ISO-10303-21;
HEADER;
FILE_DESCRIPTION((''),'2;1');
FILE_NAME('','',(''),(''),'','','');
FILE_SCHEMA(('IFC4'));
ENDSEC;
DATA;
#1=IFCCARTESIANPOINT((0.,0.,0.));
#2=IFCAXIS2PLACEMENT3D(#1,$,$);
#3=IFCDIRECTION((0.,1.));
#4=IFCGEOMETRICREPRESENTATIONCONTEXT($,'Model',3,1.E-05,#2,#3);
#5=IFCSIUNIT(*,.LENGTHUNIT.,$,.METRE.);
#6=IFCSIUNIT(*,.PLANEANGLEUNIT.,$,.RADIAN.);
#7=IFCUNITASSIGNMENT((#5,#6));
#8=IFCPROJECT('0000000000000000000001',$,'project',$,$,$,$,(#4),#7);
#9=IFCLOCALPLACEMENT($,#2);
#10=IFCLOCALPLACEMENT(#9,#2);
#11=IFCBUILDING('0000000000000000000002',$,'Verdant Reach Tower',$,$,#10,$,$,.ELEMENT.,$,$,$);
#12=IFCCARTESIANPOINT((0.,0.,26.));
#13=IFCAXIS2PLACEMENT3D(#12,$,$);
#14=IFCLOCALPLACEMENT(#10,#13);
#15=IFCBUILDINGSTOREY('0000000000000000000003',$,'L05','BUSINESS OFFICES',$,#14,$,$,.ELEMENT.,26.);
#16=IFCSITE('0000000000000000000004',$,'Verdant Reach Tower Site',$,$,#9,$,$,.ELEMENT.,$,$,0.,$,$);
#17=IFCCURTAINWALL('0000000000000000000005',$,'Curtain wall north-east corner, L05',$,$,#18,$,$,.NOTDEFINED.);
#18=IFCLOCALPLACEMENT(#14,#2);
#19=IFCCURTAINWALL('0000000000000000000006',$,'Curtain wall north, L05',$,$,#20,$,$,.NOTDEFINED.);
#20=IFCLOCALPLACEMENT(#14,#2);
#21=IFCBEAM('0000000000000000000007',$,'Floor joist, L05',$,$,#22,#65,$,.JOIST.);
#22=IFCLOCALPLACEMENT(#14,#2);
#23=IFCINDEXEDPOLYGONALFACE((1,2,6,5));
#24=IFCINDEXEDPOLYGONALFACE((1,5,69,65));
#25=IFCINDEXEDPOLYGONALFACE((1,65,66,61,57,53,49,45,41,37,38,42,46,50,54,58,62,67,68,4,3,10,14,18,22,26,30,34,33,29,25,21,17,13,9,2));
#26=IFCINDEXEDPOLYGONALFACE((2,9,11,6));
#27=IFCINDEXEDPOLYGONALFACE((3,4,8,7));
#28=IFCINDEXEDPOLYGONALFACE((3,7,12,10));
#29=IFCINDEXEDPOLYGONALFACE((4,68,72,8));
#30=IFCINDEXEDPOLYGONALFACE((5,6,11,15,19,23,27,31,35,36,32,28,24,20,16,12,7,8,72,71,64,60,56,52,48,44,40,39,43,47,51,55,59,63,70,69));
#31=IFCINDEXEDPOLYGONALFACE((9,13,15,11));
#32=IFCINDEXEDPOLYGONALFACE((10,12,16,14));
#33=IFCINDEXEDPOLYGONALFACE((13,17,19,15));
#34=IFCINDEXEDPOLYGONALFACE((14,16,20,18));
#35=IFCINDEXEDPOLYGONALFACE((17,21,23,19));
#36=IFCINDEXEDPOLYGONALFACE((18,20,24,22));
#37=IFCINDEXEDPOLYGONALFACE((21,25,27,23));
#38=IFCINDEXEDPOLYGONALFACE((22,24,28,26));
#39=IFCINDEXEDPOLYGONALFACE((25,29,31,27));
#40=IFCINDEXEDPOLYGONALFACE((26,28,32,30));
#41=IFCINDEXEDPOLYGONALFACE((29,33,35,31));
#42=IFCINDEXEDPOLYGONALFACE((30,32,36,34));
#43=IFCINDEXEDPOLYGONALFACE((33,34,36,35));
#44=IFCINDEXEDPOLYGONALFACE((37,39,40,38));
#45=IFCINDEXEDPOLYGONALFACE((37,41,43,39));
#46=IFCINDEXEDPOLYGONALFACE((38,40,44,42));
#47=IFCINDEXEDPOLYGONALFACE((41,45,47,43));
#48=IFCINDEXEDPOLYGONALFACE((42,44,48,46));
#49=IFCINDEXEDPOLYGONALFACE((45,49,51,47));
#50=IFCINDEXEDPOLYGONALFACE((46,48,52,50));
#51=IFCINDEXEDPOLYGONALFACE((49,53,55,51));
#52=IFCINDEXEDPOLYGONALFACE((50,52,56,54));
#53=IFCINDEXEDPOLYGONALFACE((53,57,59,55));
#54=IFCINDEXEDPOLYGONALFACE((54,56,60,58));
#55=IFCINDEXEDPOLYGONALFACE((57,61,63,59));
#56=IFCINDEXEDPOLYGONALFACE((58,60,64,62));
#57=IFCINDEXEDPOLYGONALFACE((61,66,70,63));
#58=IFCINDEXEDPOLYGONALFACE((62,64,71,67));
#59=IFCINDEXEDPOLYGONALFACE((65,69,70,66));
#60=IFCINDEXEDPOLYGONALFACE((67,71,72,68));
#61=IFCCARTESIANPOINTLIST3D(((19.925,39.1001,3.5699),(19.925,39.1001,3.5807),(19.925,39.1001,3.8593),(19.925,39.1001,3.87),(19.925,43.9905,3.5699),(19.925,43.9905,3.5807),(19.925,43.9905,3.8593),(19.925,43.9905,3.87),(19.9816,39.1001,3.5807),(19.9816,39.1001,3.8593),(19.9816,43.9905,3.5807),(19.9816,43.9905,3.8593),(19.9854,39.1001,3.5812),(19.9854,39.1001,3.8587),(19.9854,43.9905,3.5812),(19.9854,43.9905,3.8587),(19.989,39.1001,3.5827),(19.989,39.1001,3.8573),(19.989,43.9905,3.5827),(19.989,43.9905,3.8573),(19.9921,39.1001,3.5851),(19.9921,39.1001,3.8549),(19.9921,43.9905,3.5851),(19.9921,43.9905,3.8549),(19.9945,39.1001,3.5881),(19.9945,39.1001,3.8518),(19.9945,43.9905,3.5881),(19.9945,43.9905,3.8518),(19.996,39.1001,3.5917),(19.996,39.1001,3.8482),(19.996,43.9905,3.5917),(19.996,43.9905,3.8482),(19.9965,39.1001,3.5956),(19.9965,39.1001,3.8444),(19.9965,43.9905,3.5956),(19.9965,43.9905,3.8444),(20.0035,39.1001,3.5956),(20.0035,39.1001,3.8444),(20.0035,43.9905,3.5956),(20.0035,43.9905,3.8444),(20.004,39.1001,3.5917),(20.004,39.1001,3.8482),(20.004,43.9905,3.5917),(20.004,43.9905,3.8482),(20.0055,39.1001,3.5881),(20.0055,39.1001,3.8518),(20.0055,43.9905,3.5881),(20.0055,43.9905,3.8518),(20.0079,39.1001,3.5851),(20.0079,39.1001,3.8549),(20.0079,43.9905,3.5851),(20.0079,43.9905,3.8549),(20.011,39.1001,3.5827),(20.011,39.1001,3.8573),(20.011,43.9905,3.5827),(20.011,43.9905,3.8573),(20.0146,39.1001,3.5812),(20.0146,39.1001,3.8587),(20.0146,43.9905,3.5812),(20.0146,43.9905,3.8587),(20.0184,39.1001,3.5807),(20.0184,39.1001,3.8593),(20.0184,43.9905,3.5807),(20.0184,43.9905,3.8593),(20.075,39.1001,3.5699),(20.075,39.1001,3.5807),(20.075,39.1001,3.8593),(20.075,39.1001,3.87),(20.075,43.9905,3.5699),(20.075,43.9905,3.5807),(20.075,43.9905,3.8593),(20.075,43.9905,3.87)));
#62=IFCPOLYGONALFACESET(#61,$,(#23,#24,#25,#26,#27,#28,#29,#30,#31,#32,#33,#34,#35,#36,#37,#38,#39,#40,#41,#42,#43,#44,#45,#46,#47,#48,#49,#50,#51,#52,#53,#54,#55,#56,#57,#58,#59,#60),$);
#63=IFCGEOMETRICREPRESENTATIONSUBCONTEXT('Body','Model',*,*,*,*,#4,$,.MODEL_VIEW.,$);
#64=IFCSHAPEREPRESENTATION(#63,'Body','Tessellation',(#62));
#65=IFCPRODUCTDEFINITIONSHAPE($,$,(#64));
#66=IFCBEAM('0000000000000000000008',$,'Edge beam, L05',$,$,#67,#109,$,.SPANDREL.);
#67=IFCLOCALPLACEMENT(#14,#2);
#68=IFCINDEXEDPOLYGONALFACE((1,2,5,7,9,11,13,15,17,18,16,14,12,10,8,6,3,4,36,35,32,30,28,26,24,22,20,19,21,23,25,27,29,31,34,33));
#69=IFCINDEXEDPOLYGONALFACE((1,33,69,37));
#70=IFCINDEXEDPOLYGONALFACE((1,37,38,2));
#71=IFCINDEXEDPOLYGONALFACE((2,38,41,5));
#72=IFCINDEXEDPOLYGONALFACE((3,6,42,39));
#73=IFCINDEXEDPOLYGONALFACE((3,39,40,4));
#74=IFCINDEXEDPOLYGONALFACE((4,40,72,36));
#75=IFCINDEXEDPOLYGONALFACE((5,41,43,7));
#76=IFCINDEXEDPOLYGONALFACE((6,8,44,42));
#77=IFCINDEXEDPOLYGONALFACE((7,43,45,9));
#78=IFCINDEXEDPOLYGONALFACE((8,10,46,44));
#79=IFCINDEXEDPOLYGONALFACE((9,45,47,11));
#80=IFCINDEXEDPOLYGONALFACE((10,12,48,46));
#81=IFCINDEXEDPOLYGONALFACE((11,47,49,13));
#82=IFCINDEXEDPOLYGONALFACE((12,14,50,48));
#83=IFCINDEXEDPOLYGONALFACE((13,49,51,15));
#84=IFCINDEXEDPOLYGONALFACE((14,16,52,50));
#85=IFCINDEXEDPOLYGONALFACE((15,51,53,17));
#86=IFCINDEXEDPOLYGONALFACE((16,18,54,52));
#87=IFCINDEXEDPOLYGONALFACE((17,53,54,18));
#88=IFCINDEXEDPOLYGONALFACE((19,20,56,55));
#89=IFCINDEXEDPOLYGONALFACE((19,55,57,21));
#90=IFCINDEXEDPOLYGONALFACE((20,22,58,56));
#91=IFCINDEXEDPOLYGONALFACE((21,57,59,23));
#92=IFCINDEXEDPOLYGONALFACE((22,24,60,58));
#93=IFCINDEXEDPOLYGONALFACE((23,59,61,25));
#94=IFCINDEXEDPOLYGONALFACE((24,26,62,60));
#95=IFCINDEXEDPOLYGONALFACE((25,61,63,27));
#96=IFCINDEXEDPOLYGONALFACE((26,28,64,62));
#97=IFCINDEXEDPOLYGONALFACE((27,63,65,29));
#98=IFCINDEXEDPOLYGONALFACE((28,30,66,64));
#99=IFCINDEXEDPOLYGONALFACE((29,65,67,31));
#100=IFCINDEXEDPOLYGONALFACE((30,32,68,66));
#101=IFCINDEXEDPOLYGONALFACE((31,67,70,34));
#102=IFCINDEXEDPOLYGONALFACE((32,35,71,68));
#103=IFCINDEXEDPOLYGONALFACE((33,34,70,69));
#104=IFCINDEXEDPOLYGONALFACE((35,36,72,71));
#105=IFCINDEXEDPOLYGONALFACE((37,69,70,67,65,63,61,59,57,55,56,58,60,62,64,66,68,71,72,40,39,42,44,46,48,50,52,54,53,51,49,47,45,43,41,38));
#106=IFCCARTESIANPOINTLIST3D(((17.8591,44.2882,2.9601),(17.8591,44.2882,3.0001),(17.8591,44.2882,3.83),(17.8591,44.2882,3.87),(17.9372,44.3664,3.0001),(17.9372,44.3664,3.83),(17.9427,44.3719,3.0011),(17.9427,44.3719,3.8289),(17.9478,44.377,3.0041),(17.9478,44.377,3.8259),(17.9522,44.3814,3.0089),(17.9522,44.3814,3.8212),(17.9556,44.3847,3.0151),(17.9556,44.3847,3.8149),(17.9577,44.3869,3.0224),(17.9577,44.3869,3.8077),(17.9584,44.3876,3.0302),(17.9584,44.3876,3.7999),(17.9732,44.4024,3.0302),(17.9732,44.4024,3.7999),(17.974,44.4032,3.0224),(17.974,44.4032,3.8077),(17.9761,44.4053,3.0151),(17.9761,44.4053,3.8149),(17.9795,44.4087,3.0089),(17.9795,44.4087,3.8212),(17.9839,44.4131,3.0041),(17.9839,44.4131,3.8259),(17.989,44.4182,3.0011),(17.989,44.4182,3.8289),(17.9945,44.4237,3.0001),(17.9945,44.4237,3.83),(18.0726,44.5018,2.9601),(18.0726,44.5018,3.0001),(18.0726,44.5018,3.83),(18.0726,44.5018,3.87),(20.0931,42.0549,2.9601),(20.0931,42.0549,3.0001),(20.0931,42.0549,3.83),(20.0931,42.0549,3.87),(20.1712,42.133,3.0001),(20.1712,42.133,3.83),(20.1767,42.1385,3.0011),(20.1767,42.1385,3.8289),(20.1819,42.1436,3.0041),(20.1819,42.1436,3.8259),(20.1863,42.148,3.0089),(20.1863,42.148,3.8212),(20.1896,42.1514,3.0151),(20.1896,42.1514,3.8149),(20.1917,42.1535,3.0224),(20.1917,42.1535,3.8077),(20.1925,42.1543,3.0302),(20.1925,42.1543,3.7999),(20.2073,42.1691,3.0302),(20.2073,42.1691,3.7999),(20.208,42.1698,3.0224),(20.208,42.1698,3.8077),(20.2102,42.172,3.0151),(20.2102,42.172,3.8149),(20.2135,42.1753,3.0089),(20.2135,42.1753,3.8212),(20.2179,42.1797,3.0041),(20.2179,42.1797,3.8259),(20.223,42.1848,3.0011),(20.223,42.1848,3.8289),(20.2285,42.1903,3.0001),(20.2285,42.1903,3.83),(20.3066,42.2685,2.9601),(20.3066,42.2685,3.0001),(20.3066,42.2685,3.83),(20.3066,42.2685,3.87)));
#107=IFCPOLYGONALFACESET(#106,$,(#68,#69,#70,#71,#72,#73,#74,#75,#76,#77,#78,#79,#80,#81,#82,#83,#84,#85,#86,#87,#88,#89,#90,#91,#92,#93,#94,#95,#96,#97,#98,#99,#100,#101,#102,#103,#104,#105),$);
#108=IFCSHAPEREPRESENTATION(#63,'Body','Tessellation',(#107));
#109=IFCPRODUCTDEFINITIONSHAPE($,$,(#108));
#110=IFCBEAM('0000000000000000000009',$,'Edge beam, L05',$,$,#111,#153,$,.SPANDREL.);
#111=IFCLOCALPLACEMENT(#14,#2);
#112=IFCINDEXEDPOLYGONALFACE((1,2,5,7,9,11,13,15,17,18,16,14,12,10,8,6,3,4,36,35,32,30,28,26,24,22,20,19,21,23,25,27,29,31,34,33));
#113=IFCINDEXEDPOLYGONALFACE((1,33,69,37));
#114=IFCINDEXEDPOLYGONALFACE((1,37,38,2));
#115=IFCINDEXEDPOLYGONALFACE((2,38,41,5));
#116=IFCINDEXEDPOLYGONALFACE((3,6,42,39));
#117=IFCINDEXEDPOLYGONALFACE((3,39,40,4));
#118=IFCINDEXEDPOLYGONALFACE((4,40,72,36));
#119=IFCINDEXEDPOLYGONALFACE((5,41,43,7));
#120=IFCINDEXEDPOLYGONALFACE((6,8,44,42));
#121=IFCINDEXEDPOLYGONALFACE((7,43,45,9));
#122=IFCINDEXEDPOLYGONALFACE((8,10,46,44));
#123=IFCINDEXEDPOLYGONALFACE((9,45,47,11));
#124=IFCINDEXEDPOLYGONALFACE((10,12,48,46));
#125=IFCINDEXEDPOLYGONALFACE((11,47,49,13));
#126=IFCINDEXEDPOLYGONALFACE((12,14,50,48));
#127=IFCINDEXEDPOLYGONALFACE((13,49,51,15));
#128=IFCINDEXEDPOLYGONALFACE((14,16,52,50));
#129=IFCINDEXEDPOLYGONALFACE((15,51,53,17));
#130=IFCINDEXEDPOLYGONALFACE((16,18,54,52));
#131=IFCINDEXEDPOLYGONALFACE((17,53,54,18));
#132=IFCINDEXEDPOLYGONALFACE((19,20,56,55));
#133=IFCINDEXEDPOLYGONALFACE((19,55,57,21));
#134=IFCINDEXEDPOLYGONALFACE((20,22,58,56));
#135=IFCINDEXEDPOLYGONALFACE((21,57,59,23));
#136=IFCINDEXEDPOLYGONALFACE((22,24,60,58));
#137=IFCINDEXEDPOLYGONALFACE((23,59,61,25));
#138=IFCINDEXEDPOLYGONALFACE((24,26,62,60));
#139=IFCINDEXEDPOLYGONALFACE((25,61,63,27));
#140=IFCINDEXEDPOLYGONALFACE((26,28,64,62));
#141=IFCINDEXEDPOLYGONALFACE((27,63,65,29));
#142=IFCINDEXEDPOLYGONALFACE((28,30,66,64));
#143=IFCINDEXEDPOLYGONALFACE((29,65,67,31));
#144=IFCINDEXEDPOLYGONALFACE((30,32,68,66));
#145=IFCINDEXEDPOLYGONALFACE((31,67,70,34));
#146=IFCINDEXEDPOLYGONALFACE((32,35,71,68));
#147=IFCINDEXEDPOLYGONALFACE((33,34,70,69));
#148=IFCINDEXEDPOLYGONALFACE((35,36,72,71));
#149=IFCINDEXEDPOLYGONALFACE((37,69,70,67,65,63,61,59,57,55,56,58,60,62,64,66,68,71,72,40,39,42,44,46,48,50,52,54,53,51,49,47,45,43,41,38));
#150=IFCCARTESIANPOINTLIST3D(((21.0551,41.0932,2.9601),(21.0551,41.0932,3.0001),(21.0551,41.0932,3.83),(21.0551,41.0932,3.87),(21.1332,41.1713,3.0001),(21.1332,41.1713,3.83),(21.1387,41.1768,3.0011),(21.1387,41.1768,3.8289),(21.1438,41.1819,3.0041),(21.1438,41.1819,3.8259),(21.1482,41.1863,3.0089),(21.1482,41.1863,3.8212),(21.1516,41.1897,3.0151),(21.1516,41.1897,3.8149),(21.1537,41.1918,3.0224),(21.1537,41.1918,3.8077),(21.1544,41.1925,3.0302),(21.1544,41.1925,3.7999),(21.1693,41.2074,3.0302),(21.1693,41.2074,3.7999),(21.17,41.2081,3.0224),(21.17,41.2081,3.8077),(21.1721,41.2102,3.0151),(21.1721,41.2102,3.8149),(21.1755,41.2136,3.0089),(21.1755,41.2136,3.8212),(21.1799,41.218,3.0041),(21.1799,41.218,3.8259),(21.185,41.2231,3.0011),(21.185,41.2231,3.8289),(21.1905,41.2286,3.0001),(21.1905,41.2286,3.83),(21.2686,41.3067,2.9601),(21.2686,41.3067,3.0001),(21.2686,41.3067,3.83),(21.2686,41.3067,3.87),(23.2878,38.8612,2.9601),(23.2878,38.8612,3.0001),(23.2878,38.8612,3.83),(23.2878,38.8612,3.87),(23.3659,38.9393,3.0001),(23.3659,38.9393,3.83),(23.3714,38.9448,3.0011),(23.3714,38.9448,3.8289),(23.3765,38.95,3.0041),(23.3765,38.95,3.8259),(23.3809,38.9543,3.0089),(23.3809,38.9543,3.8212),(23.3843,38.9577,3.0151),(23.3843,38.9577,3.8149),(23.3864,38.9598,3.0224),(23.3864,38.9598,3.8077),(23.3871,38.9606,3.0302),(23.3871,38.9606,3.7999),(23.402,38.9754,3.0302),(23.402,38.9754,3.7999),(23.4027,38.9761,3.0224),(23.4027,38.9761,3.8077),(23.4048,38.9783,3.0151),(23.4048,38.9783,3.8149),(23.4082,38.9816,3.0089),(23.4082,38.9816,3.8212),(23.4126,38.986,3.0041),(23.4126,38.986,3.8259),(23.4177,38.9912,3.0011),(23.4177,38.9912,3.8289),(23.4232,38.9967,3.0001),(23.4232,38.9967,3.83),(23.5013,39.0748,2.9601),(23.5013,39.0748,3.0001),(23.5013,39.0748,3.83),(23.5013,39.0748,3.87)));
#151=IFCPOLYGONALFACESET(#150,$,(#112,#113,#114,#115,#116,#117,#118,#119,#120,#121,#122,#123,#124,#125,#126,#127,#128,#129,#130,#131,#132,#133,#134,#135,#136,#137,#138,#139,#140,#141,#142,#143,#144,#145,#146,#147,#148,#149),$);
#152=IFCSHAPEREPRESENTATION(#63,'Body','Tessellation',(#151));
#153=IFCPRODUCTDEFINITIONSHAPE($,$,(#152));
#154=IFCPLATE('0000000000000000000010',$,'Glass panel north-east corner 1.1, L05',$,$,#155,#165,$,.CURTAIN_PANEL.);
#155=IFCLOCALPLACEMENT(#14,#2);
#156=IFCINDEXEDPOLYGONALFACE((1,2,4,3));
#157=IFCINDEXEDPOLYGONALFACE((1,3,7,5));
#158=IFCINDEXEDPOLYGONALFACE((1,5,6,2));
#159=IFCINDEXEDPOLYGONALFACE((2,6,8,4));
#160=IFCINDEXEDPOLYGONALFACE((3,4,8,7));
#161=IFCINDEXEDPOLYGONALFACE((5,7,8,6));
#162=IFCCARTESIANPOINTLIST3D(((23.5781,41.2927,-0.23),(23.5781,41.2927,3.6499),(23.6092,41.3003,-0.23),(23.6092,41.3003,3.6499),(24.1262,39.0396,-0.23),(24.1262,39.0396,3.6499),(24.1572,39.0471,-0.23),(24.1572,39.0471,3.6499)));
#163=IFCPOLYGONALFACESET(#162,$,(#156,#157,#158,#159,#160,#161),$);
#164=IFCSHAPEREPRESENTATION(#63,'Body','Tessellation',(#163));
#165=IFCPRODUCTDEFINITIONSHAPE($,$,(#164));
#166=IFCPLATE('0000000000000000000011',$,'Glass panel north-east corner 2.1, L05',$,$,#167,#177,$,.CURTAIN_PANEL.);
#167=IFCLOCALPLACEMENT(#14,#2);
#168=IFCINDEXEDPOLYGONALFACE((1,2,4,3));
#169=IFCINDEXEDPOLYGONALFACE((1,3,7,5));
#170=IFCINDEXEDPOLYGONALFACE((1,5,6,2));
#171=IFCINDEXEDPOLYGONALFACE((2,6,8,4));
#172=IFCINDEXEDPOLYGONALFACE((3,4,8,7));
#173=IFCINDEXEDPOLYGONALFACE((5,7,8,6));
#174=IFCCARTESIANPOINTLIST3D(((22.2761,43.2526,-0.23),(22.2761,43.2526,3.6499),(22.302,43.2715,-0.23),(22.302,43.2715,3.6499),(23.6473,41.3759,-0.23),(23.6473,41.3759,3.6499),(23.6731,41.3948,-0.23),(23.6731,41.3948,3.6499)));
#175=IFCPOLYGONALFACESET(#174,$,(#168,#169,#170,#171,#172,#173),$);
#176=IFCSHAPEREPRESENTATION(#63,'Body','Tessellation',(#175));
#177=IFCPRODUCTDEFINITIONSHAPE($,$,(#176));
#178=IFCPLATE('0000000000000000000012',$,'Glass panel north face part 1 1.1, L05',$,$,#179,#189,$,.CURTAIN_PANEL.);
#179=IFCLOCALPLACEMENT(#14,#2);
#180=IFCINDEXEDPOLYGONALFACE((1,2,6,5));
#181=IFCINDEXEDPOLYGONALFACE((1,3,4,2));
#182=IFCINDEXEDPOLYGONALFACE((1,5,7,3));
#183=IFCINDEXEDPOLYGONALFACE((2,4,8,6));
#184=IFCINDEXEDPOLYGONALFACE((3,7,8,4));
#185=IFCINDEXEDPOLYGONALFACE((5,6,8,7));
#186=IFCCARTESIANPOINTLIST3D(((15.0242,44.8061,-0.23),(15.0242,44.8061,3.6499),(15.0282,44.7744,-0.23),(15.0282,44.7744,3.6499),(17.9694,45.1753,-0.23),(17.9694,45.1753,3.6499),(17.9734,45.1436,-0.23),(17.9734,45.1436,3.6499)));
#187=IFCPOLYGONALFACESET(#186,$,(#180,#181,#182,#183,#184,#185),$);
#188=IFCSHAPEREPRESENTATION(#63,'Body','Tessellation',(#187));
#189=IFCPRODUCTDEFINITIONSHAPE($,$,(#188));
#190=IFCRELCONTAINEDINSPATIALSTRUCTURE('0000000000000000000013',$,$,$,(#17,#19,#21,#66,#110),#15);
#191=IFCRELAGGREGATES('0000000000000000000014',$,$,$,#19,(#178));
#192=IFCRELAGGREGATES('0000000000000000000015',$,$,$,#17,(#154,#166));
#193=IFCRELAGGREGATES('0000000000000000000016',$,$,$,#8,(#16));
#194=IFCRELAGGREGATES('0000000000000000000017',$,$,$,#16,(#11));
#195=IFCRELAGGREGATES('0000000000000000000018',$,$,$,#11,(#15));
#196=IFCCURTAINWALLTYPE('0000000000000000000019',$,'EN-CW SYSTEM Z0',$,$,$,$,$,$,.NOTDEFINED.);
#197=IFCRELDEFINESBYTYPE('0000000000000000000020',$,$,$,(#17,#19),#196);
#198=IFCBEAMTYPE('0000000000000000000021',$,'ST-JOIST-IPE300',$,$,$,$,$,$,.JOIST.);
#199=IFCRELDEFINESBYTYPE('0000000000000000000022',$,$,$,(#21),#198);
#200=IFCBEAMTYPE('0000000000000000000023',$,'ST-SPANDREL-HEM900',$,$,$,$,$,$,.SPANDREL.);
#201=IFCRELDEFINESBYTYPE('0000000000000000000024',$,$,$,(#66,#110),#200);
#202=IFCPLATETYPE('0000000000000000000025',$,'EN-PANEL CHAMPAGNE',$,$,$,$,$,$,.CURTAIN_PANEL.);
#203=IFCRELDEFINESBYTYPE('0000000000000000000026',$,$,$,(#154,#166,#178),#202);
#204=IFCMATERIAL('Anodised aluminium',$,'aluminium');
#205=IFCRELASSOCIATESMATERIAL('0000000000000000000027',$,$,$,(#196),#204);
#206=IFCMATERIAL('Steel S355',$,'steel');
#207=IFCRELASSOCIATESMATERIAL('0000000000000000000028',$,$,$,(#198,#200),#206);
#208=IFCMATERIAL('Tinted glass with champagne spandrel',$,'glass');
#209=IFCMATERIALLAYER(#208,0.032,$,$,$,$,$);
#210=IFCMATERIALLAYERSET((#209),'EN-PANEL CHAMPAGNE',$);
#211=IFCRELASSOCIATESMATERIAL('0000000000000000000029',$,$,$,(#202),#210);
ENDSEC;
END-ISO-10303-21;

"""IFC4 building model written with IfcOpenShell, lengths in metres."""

from ifc_helpers import new_model, si_unit, direction, frame, origin, origin_2d, place, context, subcontext, project, spatial, rectangle, i_section, extrude, material, layer, layer_set, material_profile, profile_set, type_object, element, aggregate, save


model = new_model("IFC4")

# Units and contexts
model_context = context("Model", 3, precision=1e-05, world=origin(), true_north=direction((0.0, 1.0)))
body_context = subcontext(model_context, "Body", "Model", "MODEL_VIEW")
ifc_project = project(units=[si_unit("LENGTHUNIT", "METRE"), si_unit("PLANEANGLEUNIT", "RADIAN")], contexts=[model_context])

# Site, building, storey
site_placement = place(None, origin())
site = spatial("IfcSite", under=ifc_project, at=site_placement, Name="Verdant Reach Tower Site", CompositionType="ELEMENT", RefElevation=0.0)
building_placement = place(site_placement, origin())
building = spatial("IfcBuilding", under=site, at=building_placement, Name="Verdant Reach Tower", CompositionType="ELEMENT")
storey_placement = place(building_placement, frame((0.0, 0.0, 26.0)))
storey = spatial("IfcBuildingStorey", under=building, at=storey_placement, Name="L05", Description="BUSINESS OFFICES", CompositionType="ELEMENT", Elevation=26.0)

# Curtain walls
ifc_material_1 = material(Name="Anodised aluminium", Category="aluminium")
curtain_wall_type = type_object("IfcCurtainWallType", Name="EN-CW SYSTEM Z0", PredefinedType="NOTDEFINED", material=ifc_material_1)
curtain_wall_1_placement = place(storey_placement, origin())
curtain_wall_1 = element("IfcCurtainWall", 1, at=curtain_wall_1_placement, inside=storey, type_object=curtain_wall_type, Name="Curtain wall north-east corner, L05", PredefinedType="NOTDEFINED")
curtain_wall_2_placement = place(storey_placement, origin())
curtain_wall_2 = element("IfcCurtainWall", 2, at=curtain_wall_2_placement, inside=storey, type_object=curtain_wall_type, Name="Curtain wall north, L05", PredefinedType="NOTDEFINED")

# Beams
ifc_material_2 = material(Name="Steel S355", Category="steel")
ifc_material_profile_1 = material_profile(ifc_material_2, i_section(OverallWidth=0.1499, OverallDepth=0.3, WebThickness=0.0071, FlangeThickness=0.0107, FilletRadius=0.0149, at=origin_2d()), Name="IPE 300")
ifc_profile_set_1 = profile_set([ifc_material_profile_1], Name="Steel S355")
beam_type_1 = type_object("IfcBeamType", Name="ST-JOIST-IPE300", PredefinedType="JOIST", material=ifc_profile_set_1)
beam_1_placement = place(storey_placement, frame((20.0, 39.1001, 3.72), z_axis=(0.0, 1.0, 0.0), x_axis=(-1.0, 0.0, 0.0)))
element("IfcBeam", 3, at=beam_1_placement, inside=storey, type_object=beam_type_1, Name="Floor joist, L05", PredefinedType="JOIST", context=body_context, shape_type="SweptSolid", body=[
    extrude(i_section(OverallWidth=0.1499, OverallDepth=0.3, WebThickness=0.0071, FlangeThickness=0.0107, FilletRadius=0.0149, at=origin_2d()), origin(), (0.0, 0.0, 1.0), 4.8904),
])
ifc_material_profile_2 = material_profile(ifc_material_2, i_section(OverallWidth=0.302, OverallDepth=0.9099, WebThickness=0.021, FlangeThickness=0.04, FilletRadius=0.03, at=origin_2d()), Name="HEM 900")
ifc_profile_set_2 = profile_set([ifc_material_profile_2], Name="Steel S355")
beam_type_2 = type_object("IfcBeamType", Name="ST-SPANDREL-HEM900", PredefinedType="SPANDREL", material=ifc_profile_set_2)
beam_2_placement = place(storey_placement, frame((17.9658, 44.395, 3.415), z_axis=(0.707223, -0.706991, 0.0), x_axis=(0.706991, 0.707223, 0.0)))
element("IfcBeam", 4, at=beam_2_placement, inside=storey, type_object=beam_type_2, Name="Edge beam, L05", PredefinedType="SPANDREL", context=body_context, shape_type="SweptSolid", body=[
    extrude(i_section(OverallWidth=0.302, OverallDepth=0.9099, WebThickness=0.021, FlangeThickness=0.04, FilletRadius=0.03, at=origin_2d()), origin(), (0.0, 0.0, 1.0), 3.1589),
])
beam_3_placement = place(storey_placement, frame((21.1619, 41.2, 3.415), z_axis=(0.707223, -0.706991, 0.0), x_axis=(0.706991, 0.707223, 0.0)))
element("IfcBeam", 5, at=beam_3_placement, inside=storey, type_object=beam_type_2, Name="Edge beam, L05", PredefinedType="SPANDREL", context=body_context, shape_type="SweptSolid", body=[
    extrude(i_section(OverallWidth=0.302, OverallDepth=0.9099, WebThickness=0.021, FlangeThickness=0.04, FilletRadius=0.03, at=origin_2d()), origin(), (0.0, 0.0, 1.0), 3.157),
])

# Plates
ifc_material_3 = material(Name="Tinted glass with champagne spandrel", Category="glass")
ifc_layer_1 = layer(ifc_material_3, 0.032)
ifc_layer_set_1 = layer_set([ifc_layer_1], Name="EN-PANEL CHAMPAGNE")
plate_type_1 = type_object("IfcPlateType", Name="EN-PANEL CHAMPAGNE", PredefinedType="CURTAIN_PANEL", material=ifc_layer_set_1)
plate_1_placement = place(storey_placement, frame((23.8677, 40.1699, -0.23), z_axis=(0.0, 0.0, 1.0), x_axis=(-0.236347, 0.971669, 0.0)))
plate_1 = element("IfcPlate", 6, at=plate_1_placement, type_object=plate_type_1, Name="Glass panel north-east corner 1.1, L05", PredefinedType="CURTAIN_PANEL", context=body_context, shape_type="SweptSolid", body=[
    extrude(rectangle(XDim=2.3188, YDim=0.032, at=origin_2d()), origin(), (0.0, 0.0, 1.0), 3.8799),
])
plate_2_placement = place(storey_placement, frame((22.9746, 42.3237, -0.23), z_axis=(0.0, 0.0, 1.0), x_axis=(-0.589927, 0.807457, 0.0)))
plate_2 = element("IfcPlate", 7, at=plate_2_placement, type_object=plate_type_1, Name="Glass panel north-east corner 2.1, L05", PredefinedType="CURTAIN_PANEL", context=body_context, shape_type="SweptSolid", body=[
    extrude(rectangle(XDim=2.3242, YDim=0.032, at=origin_2d()), origin(), (0.0, 0.0, 1.0), 3.8799),
])
plate_3_placement = place(storey_placement, frame((16.4988, 44.9749, -0.23), z_axis=(0.0, 0.0, 1.0), x_axis=(-0.992234, -0.124384, 0.0)))
plate_3 = element("IfcPlate", 8, at=plate_3_placement, type_object=plate_type_1, Name="Glass panel north face part 1 1.1, L05", PredefinedType="CURTAIN_PANEL", context=body_context, shape_type="SweptSolid", body=[
    extrude(rectangle(XDim=2.9683, YDim=0.032, at=origin_2d()), origin(), (0.0, 0.0, 1.0), 3.8799),
])
aggregate(curtain_wall_2, [plate_3])
aggregate(curtain_wall_1, [plate_1, plate_2])

save(model, "model.ifc")
